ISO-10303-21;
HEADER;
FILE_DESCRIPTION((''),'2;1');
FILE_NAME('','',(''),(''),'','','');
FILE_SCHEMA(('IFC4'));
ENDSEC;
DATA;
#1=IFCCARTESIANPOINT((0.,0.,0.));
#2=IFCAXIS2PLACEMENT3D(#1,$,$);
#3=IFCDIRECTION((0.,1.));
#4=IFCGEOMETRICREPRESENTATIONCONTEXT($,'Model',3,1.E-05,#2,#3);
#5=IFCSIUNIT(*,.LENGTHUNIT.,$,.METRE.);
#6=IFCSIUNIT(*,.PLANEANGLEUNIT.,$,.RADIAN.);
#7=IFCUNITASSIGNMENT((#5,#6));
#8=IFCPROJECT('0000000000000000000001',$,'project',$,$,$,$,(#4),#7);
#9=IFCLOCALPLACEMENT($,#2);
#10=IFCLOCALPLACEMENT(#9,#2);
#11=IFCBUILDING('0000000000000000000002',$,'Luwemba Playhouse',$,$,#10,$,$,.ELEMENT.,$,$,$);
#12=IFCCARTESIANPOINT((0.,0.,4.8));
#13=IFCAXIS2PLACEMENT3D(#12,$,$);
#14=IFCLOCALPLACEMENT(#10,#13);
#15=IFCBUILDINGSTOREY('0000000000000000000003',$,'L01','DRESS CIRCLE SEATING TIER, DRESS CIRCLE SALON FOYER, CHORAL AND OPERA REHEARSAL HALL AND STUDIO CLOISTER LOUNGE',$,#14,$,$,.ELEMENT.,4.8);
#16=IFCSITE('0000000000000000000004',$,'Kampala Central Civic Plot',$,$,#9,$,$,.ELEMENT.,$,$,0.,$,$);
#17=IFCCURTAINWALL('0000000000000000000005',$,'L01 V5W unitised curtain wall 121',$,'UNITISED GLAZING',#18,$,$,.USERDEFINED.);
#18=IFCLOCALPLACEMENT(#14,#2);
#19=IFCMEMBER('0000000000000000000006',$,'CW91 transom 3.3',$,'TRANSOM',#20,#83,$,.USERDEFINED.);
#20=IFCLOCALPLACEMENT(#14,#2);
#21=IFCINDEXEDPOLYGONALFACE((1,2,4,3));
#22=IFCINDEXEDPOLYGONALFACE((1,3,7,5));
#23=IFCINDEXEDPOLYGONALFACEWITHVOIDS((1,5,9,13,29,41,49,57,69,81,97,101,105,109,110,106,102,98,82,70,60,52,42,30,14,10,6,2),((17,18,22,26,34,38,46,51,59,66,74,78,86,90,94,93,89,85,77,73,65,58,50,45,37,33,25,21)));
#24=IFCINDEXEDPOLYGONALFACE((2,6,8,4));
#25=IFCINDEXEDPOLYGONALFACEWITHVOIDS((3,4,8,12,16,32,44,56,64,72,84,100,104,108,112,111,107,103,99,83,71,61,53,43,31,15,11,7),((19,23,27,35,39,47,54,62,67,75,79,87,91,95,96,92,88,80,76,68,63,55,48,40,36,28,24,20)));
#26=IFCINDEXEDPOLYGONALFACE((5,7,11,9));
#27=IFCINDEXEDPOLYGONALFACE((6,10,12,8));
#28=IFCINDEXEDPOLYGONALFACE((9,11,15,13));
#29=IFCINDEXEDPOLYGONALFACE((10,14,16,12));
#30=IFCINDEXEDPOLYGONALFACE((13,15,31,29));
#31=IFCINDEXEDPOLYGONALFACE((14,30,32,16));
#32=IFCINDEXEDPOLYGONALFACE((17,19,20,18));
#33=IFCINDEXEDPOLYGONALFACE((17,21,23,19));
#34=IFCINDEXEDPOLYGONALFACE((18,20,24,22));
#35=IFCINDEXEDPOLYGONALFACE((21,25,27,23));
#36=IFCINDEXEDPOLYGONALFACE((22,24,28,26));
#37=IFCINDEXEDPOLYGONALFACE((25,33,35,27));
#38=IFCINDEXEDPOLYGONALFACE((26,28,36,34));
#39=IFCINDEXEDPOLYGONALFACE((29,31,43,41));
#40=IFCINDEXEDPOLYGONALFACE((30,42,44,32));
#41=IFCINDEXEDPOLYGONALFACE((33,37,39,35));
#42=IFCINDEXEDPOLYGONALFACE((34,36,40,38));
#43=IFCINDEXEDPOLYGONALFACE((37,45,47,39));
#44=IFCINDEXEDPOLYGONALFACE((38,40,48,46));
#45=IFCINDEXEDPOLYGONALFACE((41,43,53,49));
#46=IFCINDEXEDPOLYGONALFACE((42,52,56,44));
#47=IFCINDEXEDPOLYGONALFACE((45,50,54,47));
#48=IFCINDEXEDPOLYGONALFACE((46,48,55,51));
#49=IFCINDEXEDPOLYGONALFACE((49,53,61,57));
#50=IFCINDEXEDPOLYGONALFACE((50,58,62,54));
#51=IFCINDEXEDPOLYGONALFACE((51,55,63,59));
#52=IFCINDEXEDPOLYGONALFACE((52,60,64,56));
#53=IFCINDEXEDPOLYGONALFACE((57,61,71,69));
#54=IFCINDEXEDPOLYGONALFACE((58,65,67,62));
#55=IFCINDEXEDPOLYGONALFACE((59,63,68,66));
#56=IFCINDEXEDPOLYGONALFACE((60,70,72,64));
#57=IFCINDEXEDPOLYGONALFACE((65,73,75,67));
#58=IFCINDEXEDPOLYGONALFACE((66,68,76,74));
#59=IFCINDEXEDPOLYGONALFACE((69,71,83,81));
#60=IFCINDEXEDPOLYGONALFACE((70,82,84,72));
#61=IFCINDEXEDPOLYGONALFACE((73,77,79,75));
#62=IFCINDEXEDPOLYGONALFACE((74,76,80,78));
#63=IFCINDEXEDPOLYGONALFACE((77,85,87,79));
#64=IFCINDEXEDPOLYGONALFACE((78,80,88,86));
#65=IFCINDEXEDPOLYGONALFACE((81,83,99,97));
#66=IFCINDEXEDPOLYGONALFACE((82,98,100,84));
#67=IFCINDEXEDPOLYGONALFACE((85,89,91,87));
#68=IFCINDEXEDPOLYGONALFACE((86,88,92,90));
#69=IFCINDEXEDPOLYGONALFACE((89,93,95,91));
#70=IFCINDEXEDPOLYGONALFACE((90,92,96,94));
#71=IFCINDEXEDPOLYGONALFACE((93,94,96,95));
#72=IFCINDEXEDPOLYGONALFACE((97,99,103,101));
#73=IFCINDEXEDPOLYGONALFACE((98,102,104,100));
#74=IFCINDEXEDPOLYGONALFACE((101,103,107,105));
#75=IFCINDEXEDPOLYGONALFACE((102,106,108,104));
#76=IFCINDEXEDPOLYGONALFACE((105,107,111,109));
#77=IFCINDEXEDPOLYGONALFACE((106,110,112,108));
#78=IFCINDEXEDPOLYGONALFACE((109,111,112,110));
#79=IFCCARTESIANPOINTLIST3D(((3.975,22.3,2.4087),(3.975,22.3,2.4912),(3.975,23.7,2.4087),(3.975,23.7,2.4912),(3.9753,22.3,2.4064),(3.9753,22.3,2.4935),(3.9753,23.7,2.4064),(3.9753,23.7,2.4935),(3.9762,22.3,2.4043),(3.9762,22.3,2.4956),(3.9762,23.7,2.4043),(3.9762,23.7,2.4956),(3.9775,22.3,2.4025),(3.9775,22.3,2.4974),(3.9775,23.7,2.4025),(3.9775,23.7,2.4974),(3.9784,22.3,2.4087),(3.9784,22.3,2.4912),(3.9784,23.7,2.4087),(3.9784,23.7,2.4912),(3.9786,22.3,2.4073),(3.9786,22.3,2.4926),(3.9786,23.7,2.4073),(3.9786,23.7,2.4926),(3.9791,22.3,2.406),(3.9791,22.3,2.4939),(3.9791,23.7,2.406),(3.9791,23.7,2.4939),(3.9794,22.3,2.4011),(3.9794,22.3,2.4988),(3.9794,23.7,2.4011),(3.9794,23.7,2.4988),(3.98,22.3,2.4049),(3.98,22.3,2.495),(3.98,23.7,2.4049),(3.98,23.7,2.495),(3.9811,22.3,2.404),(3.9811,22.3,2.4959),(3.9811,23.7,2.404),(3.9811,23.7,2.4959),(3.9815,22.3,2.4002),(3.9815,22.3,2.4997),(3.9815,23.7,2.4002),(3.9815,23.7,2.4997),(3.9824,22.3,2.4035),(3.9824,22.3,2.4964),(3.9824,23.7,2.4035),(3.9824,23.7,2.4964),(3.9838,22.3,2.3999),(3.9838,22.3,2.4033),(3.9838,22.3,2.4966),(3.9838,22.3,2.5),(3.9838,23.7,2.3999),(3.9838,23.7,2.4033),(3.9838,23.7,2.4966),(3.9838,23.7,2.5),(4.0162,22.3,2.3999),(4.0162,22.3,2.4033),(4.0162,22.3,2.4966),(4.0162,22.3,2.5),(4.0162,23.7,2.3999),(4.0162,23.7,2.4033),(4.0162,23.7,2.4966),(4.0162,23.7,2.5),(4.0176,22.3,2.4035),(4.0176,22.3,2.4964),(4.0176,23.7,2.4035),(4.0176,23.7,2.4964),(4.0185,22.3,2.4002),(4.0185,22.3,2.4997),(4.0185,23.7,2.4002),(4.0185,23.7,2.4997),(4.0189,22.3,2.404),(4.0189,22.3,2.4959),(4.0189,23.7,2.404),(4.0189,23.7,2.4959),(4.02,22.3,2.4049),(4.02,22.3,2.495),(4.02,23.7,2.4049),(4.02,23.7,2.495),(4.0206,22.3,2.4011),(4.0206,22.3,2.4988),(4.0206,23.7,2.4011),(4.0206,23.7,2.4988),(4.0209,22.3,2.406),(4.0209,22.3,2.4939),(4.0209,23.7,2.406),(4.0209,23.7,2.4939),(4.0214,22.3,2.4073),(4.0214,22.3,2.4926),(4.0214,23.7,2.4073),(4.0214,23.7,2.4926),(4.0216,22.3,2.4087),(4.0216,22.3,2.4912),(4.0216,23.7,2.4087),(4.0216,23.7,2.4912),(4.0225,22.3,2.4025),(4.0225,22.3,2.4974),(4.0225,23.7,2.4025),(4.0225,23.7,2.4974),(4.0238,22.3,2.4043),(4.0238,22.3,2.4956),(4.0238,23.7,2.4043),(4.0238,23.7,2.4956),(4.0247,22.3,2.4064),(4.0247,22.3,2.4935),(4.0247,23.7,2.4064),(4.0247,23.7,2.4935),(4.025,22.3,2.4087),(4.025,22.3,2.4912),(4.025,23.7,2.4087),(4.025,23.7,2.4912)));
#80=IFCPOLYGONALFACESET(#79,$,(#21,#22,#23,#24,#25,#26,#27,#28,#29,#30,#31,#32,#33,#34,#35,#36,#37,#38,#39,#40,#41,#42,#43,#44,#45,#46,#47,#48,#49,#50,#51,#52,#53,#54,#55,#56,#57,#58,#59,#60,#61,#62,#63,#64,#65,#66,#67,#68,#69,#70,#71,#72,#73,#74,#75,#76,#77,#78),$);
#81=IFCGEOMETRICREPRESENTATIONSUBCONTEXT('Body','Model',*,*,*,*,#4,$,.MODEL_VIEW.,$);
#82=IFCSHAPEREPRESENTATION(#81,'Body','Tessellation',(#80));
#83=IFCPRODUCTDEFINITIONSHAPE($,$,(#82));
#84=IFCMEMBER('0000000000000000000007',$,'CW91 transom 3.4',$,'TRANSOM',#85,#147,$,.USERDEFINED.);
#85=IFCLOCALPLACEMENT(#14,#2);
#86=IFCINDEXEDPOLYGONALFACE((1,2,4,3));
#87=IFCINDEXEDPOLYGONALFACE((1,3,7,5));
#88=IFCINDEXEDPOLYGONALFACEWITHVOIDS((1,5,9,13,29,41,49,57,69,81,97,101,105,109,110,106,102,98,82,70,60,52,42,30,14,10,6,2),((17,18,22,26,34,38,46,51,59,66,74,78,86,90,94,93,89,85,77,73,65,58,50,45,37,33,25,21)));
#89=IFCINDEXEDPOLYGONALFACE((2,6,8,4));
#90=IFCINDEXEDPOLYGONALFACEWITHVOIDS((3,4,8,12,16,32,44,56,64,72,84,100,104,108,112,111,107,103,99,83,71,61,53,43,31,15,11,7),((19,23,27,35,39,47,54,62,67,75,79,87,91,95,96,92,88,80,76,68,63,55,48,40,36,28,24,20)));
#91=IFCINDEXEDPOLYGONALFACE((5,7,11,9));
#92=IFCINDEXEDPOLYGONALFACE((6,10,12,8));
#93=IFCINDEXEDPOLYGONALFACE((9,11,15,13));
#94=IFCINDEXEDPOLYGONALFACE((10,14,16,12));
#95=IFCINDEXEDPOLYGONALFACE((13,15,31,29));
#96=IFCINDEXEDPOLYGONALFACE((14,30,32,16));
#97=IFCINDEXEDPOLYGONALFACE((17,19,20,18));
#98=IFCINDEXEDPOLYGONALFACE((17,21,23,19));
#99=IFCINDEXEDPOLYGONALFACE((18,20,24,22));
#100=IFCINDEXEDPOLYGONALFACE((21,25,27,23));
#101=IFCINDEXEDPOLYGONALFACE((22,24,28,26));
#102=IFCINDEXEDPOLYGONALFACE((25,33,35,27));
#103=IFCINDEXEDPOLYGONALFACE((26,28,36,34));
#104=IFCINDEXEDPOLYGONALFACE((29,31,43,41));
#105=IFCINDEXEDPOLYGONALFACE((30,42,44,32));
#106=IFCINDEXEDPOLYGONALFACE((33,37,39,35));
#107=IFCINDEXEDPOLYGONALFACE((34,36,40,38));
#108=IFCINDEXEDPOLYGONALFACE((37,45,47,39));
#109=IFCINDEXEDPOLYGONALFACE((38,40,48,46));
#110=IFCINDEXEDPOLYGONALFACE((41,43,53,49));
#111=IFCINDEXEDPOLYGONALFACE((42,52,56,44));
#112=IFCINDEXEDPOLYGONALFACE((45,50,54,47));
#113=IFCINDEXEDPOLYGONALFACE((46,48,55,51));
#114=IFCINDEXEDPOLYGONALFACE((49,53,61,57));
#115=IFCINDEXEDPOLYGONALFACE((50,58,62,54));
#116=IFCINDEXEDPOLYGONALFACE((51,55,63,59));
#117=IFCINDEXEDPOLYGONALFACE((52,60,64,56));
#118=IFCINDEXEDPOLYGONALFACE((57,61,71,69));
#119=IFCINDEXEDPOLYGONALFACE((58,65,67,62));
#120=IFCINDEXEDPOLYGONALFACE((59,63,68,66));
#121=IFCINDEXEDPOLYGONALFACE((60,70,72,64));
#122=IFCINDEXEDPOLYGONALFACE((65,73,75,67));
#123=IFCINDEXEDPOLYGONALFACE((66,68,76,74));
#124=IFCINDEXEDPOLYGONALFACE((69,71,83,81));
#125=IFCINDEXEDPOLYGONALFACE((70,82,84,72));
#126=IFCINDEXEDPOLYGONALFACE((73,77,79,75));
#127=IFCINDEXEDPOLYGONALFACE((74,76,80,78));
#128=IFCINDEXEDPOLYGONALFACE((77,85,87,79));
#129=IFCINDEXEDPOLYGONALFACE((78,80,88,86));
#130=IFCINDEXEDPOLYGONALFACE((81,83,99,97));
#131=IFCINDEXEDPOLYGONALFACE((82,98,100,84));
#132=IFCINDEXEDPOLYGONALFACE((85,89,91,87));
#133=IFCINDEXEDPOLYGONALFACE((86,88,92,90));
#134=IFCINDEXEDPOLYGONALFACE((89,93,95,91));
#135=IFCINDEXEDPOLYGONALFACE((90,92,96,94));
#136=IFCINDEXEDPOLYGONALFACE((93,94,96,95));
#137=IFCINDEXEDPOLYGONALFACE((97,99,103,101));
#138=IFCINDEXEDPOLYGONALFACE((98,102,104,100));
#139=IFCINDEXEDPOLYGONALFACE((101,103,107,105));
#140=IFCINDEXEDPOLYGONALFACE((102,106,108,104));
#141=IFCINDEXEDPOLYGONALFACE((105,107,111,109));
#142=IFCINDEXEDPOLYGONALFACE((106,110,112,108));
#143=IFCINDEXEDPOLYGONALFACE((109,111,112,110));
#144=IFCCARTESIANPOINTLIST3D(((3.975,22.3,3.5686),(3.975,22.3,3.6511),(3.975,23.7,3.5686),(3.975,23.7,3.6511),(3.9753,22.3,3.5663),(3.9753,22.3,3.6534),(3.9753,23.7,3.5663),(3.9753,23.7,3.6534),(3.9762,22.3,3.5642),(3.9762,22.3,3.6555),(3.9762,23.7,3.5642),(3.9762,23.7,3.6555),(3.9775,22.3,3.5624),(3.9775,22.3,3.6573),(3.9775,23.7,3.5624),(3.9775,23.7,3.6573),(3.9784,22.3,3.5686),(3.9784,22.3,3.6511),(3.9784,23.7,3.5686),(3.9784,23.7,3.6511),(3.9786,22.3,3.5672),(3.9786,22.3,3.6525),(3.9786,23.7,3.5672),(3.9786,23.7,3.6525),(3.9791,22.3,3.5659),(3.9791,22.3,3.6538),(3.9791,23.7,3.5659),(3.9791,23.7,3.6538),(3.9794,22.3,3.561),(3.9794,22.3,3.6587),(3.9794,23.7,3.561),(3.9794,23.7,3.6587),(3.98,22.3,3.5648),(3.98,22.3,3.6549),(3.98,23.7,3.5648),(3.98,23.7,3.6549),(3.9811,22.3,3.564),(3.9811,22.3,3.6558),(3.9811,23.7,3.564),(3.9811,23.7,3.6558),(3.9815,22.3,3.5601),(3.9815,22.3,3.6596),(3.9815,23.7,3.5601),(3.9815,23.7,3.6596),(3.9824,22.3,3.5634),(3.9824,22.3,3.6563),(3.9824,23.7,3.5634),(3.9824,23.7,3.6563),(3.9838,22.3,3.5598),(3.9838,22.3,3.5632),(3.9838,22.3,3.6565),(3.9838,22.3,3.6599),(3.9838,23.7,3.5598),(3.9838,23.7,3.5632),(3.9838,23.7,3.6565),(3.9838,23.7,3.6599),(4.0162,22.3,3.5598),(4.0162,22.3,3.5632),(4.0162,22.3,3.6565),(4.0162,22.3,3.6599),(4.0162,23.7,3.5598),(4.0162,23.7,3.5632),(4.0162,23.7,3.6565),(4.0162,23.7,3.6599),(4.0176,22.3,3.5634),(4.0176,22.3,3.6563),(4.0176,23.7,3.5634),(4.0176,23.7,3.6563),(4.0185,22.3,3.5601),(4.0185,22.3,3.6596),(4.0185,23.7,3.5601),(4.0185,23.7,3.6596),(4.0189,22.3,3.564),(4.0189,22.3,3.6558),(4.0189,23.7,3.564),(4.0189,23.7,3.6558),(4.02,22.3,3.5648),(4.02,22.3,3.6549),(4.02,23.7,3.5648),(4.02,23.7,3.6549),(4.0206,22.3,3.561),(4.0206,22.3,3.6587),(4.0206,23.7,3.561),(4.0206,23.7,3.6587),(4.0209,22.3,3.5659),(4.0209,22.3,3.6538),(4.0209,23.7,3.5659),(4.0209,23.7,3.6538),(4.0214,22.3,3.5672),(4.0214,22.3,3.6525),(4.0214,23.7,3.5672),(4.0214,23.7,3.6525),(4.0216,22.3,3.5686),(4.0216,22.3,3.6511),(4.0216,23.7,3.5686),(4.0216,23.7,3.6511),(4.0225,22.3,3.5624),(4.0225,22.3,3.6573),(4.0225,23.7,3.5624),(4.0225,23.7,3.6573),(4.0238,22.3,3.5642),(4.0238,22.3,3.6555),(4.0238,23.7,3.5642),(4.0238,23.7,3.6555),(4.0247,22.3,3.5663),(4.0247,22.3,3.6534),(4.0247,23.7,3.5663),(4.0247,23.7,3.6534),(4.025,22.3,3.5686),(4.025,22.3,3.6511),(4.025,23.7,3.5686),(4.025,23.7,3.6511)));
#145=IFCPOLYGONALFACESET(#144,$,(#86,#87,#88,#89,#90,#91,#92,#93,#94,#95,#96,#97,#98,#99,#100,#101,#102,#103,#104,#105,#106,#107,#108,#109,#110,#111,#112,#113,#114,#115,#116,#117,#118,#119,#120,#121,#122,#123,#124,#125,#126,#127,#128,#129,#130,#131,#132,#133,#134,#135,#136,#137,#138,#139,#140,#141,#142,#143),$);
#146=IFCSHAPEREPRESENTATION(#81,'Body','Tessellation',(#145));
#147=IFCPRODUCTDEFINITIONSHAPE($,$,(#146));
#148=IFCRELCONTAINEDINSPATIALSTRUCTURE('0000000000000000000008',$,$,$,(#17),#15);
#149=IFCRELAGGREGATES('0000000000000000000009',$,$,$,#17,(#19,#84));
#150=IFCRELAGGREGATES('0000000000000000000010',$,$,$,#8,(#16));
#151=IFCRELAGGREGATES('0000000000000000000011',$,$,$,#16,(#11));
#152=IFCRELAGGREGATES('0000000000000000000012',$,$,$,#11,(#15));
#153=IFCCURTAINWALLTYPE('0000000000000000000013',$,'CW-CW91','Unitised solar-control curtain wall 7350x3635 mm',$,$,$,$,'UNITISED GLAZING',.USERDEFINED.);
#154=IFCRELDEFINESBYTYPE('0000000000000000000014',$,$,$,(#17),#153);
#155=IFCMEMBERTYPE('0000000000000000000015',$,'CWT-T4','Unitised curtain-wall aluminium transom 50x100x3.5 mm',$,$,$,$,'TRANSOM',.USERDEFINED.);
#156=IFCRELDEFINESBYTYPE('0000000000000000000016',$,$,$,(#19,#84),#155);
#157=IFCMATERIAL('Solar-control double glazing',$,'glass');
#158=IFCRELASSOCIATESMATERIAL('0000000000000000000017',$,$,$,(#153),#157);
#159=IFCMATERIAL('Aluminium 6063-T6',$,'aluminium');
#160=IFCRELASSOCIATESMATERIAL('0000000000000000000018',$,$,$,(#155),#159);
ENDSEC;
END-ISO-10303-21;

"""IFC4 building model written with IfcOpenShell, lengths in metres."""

from ifc_helpers import new_model, si_unit, direction, frame, origin, origin_2d, place, context, subcontext, project, spatial, hollow_rectangle, extrude, material, material_profile, profile_set, type_object, element, aggregate, save


model = new_model("IFC4")

# Units and contexts
model_context = context("Model", 3, precision=1e-05, world=origin(), true_north=direction((0.0, 1.0)))
body_context = subcontext(model_context, "Body", "Model", "MODEL_VIEW")
ifc_project = project(units=[si_unit("LENGTHUNIT", "METRE"), si_unit("PLANEANGLEUNIT", "RADIAN")], contexts=[model_context])

# Site, building, storey
site_placement = place(None, origin())
site = spatial("IfcSite", under=ifc_project, at=site_placement, Name="Kampala Central Civic Plot", CompositionType="ELEMENT", RefElevation=0.0)
building_placement = place(site_placement, origin())
building = spatial("IfcBuilding", under=site, at=building_placement, Name="Luwemba Playhouse", CompositionType="ELEMENT")
storey_placement = place(building_placement, frame((0.0, 0.0, 4.8)))
storey = spatial("IfcBuildingStorey", under=building, at=storey_placement, Name="L01", Description="DRESS CIRCLE SEATING TIER, DRESS CIRCLE SALON FOYER, CHORAL AND OPERA REHEARSAL HALL AND STUDIO CLOISTER LOUNGE", CompositionType="ELEMENT", Elevation=4.8)

# Shared definitions
ifc_material_1 = material(Name="Solar-control double glazing", Category="glass")
ifc_material_2 = material(Name="Aluminium 6063-T6", Category="aluminium")

# Curtain wall
curtain_wall_type_1 = type_object("IfcCurtainWallType", Name="CW-CW91", Description="Unitised solar-control curtain wall 7350x3635 mm", ElementType="UNITISED GLAZING", PredefinedType="USERDEFINED", material=ifc_material_1)
curtain_wall_1_placement = place(storey_placement, origin())
curtain_wall_1 = element("IfcCurtainWall", 1, at=curtain_wall_1_placement, inside=storey, type_object=curtain_wall_type_1, Name="L01 V5W unitised curtain wall 121", ObjectType="UNITISED GLAZING", PredefinedType="USERDEFINED")

# Members
ifc_material_profile_1 = material_profile(ifc_material_2, hollow_rectangle(XDim=0.05, YDim=0.1001, WallThickness=0.0034, InnerFilletRadius=0.0054, OuterFilletRadius=0.0088, at=origin_2d()))
ifc_profile_set_1 = profile_set([ifc_material_profile_1], Name="Aluminium 6063-T6")
member_type_1 = type_object("IfcMemberType", Name="CWT-T4", Description="Unitised curtain-wall aluminium transom 50x100x3.5 mm", ElementType="TRANSOM", PredefinedType="USERDEFINED", material=ifc_profile_set_1)
member_1_placement = place(storey_placement, frame((4.0, 22.3, 2.45), z_axis=(0.0, 1.0, 0.0), x_axis=(-1.0, 0.0, 0.0)))
member_1 = element("IfcMember", 2, at=member_1_placement, type_object=member_type_1, Name="CW91 transom 3.3", ObjectType="TRANSOM", PredefinedType="USERDEFINED", context=body_context, shape_type="SweptSolid", body=[
    extrude(hollow_rectangle(XDim=0.05, YDim=0.1001, WallThickness=0.0034, InnerFilletRadius=0.0054, OuterFilletRadius=0.0088, at=origin_2d()), origin(), (0.0, 0.0, 1.0), 1.3999),
])
member_2_placement = place(storey_placement, frame((4.0, 22.3, 3.6099), z_axis=(0.0, 1.0, 0.0), x_axis=(-1.0, 0.0, 0.0)))
member_2 = element("IfcMember", 3, at=member_2_placement, type_object=member_type_1, Name="CW91 transom 3.4", ObjectType="TRANSOM", PredefinedType="USERDEFINED", context=body_context, shape_type="SweptSolid", body=[
    extrude(hollow_rectangle(XDim=0.05, YDim=0.1001, WallThickness=0.0034, InnerFilletRadius=0.0054, OuterFilletRadius=0.0088, at=origin_2d()), origin(), (0.0, 0.0, 1.0), 1.3999),
])

aggregate(curtain_wall_1, [member_1, member_2])

save(model, "model.ifc")
